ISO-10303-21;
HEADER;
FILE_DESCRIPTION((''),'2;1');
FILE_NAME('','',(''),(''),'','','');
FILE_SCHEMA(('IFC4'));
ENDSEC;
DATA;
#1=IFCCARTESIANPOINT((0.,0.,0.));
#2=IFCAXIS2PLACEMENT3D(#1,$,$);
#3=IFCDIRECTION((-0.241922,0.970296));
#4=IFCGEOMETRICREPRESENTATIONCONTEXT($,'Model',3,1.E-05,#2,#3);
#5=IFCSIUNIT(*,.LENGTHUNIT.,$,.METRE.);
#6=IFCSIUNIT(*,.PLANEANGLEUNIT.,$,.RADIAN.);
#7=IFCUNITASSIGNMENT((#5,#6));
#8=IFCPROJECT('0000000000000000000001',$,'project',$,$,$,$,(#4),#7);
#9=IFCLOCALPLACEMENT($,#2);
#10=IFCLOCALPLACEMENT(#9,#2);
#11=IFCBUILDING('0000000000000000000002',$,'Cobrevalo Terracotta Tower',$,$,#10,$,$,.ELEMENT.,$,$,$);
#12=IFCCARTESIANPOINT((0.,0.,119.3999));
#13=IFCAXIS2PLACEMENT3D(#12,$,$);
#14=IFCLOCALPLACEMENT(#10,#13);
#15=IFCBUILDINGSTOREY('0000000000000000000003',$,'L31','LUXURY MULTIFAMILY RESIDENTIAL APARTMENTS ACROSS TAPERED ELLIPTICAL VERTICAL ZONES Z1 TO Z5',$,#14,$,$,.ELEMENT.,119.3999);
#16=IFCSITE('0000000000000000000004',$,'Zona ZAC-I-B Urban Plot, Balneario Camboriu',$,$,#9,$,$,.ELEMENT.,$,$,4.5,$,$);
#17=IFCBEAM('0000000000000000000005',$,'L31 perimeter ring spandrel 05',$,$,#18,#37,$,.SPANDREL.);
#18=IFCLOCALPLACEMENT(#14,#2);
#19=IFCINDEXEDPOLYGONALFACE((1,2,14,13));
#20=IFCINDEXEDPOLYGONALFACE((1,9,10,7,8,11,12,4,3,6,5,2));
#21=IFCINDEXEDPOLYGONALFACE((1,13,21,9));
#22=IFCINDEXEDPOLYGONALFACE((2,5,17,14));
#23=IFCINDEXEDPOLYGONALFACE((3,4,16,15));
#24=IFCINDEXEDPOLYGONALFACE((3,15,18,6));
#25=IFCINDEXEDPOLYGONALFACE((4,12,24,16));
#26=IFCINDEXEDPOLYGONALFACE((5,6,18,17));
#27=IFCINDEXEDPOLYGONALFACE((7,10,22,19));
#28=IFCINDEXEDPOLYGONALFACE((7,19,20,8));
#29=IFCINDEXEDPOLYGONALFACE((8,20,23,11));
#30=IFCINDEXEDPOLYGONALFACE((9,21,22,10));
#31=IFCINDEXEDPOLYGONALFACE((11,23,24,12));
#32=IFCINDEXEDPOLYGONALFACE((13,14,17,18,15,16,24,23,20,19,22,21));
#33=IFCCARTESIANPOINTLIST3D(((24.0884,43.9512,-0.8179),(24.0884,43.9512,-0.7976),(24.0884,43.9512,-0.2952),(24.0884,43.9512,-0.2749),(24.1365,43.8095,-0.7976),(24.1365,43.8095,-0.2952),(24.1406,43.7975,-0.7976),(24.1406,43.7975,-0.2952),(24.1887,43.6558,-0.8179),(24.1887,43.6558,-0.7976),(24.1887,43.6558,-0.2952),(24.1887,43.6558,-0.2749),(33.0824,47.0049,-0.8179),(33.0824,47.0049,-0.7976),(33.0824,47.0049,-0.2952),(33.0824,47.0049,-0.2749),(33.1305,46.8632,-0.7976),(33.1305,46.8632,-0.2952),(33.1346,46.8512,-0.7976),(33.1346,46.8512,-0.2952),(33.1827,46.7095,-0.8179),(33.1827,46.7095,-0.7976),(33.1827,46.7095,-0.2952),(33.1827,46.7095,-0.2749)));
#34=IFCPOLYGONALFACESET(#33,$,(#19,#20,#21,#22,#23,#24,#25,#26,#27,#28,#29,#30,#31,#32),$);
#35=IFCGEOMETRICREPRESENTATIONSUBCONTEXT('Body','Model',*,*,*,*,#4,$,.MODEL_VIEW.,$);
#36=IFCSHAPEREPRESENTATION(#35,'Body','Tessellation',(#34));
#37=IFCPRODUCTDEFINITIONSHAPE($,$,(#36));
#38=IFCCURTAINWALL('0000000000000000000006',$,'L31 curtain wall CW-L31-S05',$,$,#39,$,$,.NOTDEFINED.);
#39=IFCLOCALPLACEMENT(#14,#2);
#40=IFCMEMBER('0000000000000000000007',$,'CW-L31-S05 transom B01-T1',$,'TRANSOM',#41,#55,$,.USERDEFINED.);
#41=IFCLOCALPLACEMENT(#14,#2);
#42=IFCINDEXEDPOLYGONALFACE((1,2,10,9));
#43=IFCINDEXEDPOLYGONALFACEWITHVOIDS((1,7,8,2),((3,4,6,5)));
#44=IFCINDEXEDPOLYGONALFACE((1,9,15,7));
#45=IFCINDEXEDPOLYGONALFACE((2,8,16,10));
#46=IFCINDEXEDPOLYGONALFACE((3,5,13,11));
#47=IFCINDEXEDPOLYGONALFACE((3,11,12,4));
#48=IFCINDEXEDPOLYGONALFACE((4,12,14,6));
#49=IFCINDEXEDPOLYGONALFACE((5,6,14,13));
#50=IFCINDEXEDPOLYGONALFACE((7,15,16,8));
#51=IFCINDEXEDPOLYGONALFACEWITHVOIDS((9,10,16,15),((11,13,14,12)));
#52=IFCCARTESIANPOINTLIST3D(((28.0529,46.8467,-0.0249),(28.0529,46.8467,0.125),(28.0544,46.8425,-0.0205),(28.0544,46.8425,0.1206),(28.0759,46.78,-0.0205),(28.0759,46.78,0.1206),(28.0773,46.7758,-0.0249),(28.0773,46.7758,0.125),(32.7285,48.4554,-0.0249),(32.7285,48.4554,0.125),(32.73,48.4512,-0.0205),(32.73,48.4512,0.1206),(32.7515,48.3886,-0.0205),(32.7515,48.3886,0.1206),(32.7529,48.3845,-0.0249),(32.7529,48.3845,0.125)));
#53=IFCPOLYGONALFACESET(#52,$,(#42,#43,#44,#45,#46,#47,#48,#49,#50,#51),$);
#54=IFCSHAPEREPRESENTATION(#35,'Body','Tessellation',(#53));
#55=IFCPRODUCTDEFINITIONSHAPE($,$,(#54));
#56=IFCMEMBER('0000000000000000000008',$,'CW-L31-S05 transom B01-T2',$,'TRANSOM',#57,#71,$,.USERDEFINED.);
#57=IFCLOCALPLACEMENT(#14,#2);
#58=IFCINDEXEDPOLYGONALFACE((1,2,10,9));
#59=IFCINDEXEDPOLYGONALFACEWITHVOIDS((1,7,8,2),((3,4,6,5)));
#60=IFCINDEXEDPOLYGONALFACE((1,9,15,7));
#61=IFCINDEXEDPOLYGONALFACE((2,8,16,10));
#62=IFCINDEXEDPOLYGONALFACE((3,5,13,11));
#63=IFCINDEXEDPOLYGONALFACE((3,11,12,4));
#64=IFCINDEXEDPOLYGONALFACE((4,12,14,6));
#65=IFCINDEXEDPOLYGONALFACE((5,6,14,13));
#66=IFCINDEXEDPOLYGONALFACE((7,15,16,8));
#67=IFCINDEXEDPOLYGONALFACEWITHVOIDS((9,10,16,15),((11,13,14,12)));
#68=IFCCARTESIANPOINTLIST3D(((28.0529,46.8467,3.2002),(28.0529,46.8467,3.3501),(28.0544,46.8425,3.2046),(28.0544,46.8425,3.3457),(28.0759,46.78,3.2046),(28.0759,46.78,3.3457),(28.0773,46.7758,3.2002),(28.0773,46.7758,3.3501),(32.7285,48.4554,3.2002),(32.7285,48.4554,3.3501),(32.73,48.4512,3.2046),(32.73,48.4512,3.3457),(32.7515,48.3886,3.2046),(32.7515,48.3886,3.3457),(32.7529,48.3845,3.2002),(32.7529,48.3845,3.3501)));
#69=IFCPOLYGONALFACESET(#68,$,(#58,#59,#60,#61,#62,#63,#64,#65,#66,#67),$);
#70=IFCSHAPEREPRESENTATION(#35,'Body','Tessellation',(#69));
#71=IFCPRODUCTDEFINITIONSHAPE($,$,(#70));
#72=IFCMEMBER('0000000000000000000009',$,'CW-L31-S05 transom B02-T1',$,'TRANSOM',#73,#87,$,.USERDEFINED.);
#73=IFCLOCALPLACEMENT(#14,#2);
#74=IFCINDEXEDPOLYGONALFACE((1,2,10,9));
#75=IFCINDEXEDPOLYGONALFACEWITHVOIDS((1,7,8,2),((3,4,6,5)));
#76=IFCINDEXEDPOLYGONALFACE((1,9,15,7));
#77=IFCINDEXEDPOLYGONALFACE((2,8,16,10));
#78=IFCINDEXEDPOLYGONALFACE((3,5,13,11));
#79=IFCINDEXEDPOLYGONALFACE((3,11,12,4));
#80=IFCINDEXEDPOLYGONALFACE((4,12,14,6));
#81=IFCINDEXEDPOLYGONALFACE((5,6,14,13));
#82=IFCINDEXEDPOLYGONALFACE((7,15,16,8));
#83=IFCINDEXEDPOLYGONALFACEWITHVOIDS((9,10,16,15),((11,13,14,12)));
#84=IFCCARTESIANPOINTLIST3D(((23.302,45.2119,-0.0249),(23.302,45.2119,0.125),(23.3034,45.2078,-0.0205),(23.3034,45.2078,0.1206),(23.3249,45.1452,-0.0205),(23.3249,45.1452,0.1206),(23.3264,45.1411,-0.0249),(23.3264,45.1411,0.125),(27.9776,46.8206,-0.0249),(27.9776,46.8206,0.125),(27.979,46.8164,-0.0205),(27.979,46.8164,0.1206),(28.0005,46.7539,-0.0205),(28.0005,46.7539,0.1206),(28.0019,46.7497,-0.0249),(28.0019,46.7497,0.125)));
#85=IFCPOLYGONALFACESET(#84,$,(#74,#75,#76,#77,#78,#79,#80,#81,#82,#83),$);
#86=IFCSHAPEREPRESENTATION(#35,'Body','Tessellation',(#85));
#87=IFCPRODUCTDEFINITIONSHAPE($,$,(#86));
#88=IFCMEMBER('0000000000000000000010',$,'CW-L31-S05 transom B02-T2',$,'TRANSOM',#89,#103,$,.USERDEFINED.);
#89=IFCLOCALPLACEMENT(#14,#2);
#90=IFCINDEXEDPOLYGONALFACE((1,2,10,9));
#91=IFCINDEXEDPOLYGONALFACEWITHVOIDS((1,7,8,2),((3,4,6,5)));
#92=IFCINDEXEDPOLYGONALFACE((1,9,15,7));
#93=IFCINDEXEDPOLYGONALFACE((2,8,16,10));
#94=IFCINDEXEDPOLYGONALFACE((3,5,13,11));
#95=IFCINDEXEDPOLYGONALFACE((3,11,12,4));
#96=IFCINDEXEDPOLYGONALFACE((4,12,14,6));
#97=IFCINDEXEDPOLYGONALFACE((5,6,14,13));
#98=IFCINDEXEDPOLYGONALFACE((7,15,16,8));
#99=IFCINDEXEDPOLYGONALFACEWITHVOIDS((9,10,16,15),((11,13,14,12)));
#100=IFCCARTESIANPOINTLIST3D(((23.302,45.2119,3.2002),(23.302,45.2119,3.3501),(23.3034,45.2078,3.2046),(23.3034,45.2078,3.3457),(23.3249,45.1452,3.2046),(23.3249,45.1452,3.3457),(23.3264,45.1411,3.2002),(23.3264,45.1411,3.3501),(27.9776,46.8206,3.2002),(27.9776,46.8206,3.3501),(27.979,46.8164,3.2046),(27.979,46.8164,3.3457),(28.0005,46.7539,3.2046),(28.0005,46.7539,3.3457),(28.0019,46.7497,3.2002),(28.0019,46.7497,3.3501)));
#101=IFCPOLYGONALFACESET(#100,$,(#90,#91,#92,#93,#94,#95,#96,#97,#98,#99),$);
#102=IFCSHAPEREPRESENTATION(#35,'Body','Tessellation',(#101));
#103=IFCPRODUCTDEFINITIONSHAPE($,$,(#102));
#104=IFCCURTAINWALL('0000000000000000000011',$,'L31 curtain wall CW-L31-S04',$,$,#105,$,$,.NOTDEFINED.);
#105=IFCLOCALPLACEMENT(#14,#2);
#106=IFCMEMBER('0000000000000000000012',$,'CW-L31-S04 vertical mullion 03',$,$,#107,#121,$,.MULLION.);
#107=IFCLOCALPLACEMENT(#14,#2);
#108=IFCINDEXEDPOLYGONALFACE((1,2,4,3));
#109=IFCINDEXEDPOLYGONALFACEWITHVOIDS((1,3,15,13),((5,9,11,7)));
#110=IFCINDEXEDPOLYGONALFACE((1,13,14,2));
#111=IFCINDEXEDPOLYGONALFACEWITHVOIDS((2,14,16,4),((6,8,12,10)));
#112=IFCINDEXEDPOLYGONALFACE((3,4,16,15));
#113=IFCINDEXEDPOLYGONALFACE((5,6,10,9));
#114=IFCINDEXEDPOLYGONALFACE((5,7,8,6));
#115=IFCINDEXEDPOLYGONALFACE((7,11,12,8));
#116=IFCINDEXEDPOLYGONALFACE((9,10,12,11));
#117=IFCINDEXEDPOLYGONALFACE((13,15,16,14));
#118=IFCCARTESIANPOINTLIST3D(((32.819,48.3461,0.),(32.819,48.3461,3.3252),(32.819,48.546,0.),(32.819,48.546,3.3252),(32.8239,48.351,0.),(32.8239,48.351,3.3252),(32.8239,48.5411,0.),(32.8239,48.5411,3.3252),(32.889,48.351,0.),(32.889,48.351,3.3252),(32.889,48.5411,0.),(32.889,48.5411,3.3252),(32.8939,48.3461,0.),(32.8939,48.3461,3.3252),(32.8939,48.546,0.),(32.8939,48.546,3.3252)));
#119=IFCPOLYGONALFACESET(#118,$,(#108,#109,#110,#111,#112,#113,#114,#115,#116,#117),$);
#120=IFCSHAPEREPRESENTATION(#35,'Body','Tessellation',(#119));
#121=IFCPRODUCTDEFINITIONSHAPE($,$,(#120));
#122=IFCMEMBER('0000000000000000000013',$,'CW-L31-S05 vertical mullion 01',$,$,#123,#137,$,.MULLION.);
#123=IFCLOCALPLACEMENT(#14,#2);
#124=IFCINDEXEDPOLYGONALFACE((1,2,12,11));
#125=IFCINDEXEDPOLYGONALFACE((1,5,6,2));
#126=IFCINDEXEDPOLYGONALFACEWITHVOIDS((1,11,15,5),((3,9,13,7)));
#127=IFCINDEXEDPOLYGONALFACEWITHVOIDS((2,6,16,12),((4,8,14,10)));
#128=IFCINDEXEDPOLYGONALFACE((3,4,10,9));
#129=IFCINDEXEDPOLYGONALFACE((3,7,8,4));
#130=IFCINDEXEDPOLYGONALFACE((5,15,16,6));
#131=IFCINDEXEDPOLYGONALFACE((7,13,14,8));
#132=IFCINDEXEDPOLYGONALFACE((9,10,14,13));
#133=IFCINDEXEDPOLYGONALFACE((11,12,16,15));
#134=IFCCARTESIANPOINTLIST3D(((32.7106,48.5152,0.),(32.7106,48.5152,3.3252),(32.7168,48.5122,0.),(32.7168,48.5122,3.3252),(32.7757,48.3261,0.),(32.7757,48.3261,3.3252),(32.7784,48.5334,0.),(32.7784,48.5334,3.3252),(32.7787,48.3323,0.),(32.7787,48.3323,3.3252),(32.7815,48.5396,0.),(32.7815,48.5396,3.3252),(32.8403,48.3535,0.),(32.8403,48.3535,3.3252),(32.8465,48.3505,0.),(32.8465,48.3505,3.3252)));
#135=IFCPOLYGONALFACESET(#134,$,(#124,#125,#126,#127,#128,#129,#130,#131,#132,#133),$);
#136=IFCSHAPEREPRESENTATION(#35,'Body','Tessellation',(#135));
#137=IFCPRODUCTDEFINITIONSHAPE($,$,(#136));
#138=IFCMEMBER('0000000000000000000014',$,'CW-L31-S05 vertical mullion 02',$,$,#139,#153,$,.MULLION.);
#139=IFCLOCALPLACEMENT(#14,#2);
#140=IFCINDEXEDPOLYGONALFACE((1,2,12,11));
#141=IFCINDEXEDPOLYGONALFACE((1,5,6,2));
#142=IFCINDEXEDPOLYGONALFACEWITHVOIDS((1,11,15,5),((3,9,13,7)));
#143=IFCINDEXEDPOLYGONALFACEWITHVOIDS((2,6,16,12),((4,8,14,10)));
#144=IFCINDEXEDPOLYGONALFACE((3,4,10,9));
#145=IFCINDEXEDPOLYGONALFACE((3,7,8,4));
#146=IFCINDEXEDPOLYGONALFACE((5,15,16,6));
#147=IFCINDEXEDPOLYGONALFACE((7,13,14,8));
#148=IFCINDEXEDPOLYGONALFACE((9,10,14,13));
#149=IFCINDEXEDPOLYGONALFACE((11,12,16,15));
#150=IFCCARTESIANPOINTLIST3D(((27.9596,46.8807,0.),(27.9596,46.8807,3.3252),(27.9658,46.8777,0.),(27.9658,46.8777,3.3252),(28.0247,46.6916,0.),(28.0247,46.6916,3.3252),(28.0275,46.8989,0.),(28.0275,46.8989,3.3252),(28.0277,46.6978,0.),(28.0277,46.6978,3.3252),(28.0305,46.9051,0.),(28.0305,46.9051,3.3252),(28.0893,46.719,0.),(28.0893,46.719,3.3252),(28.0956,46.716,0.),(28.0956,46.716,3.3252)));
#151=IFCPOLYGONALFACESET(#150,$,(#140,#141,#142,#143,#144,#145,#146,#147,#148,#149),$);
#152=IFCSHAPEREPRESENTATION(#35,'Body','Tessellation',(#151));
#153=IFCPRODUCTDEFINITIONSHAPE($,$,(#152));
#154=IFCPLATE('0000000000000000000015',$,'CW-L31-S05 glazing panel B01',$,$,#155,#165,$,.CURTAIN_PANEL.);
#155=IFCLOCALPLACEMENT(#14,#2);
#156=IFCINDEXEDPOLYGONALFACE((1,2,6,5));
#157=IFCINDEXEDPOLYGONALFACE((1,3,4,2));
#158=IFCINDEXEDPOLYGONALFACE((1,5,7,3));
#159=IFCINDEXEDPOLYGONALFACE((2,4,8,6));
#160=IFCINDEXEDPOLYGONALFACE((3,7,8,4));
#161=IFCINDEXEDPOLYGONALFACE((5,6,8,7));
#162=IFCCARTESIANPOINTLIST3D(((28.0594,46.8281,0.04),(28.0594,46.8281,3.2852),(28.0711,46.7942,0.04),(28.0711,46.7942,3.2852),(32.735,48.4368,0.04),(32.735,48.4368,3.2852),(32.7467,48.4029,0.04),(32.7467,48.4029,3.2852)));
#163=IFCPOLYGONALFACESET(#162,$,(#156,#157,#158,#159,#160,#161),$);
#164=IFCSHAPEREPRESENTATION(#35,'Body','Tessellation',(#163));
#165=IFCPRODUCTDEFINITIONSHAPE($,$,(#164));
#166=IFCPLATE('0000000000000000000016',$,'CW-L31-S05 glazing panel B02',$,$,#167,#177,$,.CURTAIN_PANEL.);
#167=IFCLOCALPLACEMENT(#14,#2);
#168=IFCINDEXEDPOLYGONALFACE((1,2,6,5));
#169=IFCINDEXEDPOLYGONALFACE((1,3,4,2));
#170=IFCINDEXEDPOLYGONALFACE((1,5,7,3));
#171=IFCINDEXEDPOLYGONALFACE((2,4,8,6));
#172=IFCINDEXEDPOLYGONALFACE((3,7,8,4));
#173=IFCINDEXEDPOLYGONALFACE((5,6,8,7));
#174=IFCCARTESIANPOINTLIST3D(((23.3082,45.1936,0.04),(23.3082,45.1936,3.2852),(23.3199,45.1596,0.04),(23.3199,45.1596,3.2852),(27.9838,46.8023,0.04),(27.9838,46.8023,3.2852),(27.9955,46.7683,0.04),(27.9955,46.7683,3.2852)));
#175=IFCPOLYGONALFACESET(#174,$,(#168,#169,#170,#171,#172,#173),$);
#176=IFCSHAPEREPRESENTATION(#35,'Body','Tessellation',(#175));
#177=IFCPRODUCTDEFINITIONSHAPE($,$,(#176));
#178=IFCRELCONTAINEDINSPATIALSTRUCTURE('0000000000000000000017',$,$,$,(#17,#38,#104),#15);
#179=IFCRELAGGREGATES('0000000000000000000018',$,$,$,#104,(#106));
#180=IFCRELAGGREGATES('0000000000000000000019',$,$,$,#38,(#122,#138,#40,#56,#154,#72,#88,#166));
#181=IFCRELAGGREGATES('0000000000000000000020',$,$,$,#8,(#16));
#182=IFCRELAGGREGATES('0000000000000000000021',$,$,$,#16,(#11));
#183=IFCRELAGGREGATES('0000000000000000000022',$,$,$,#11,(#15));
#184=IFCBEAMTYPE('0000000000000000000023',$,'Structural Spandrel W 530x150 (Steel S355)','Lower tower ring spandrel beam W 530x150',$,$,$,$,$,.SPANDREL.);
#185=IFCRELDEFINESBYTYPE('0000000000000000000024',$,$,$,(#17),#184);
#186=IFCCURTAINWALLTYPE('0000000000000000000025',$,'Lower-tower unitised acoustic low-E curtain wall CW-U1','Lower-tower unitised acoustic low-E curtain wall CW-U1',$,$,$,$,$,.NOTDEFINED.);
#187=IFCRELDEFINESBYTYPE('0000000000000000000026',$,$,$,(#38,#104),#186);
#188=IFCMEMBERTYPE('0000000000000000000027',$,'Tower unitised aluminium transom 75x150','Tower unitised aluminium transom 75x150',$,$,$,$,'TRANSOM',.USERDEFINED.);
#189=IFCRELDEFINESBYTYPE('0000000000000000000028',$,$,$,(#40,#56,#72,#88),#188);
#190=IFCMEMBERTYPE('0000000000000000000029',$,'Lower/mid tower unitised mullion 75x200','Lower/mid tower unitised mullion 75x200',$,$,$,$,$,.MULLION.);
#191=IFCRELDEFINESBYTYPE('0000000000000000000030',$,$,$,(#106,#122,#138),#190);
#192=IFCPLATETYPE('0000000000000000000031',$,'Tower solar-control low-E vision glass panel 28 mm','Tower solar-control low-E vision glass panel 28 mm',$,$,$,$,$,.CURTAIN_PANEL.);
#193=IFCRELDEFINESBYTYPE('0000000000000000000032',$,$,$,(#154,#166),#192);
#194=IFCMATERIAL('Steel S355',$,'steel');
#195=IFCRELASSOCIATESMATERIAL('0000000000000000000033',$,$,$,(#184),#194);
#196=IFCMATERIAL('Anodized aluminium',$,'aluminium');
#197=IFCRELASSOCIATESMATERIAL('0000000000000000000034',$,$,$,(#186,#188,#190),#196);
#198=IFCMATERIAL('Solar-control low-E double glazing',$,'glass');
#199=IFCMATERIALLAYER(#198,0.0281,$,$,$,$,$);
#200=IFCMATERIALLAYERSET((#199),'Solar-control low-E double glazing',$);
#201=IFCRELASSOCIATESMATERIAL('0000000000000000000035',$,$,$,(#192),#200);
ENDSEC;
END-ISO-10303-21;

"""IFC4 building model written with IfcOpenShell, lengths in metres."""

from ifc_helpers import new_model, si_unit, direction, frame, origin, origin_2d, place, context, subcontext, project, spatial, rectangle, hollow_rectangle, i_section, extrude, source, transform, mapped, material, layer, layer_set, material_profile, profile_set, type_object, element, aggregate, save


model = new_model("IFC4")

# Units and contexts
model_context = context("Model", 3, precision=1e-05, world=origin(), true_north=direction((-0.241922, 0.970296)))
body_context = subcontext(model_context, "Body", "Model", "MODEL_VIEW")
ifc_project = project(units=[si_unit("LENGTHUNIT", "METRE"), si_unit("PLANEANGLEUNIT", "RADIAN")], contexts=[model_context])

# Site, building, storey
site_placement = place(None, origin())
site = spatial("IfcSite", under=ifc_project, at=site_placement, Name="Zona ZAC-I-B Urban Plot, Balneario Camboriu", CompositionType="ELEMENT", RefElevation=4.5)
building_placement = place(site_placement, origin())
building = spatial("IfcBuilding", under=site, at=building_placement, Name="Cobrevalo Terracotta Tower", CompositionType="ELEMENT")
storey_placement = place(building_placement, frame((0.0, 0.0, 119.3999)))
storey = spatial("IfcBuildingStorey", under=building, at=storey_placement, Name="L31", Description="LUXURY MULTIFAMILY RESIDENTIAL APARTMENTS ACROSS TAPERED ELLIPTICAL VERTICAL ZONES Z1 TO Z5", CompositionType="ELEMENT", Elevation=119.3999)

# Shared definitions
ifc_material_1 = material(Name="Steel S355", Category="steel")

# Beam
ifc_material_profile_1 = material_profile(ifc_material_1, i_section(OverallWidth=0.312, OverallDepth=0.543, WebThickness=0.0127, FlangeThickness=0.0203, at=origin_2d()), Name="W 530x150")
ifc_profile_set_1 = profile_set([ifc_material_profile_1], Name="Steel S355")
beam_type_1 = type_object("IfcBeamType", Name="Structural Spandrel W 530x150 (Steel S355)", Description="Lower tower ring spandrel beam W 530x150", PredefinedType="SPANDREL", material=ifc_profile_set_1)
beam_1_placement = place(storey_placement, frame((33.1326, 46.8572, -0.5464), z_axis=(-0.946911, -0.321497, 0.0), x_axis=(0.321497, -0.946911, 0.0)))
element("IfcBeam", 1, at=beam_1_placement, inside=storey, type_object=beam_type_1, Name="L31 perimeter ring spandrel 05", PredefinedType="SPANDREL", context=body_context, shape_type="SweptSolid", body=[
    extrude(i_section(OverallWidth=0.312, OverallDepth=0.543, WebThickness=0.0127, FlangeThickness=0.0203, at=origin_2d()), origin(), (0.0, 0.0, 1.0), 9.4983),
])

# Curtain wall, members
ifc_material_2 = material(Name="Anodized aluminium", Category="aluminium")
curtain_wall_type = type_object("IfcCurtainWallType", Name="Lower-tower unitised acoustic low-E curtain wall CW-U1", Description="Lower-tower unitised acoustic low-E curtain wall CW-U1", PredefinedType="NOTDEFINED", material=ifc_material_2)
curtain_wall_1_placement = place(storey_placement, origin())
curtain_wall_1 = element("IfcCurtainWall", 2, at=curtain_wall_1_placement, inside=storey, type_object=curtain_wall_type, Name="L31 curtain wall CW-L31-S05", PredefinedType="NOTDEFINED")
ifc_material_profile_2 = material_profile(ifc_material_2, hollow_rectangle(XDim=0.075, YDim=0.1499, WallThickness=0.0044, at=origin_2d()), Name="CWT 75x150")
ifc_profile_set_2 = profile_set([ifc_material_profile_2], Name="Anodized aluminium")
member_type_1 = type_object("IfcMemberType", Name="Tower unitised aluminium transom 75x150", Description="Tower unitised aluminium transom 75x150", ElementType="TRANSOM", PredefinedType="USERDEFINED", material=ifc_profile_set_2)
shared_shape_1 = source(origin(), body_context, "Body", "SweptSolid", [
    extrude(hollow_rectangle(XDim=0.075, YDim=0.1499, WallThickness=0.0044, at=origin_2d()), origin(), (0.0, 0.0, 1.0), 4.9446),
])
member_1_placement = place(storey_placement, frame((32.7407, 48.4199, 0.05), z_axis=(-0.945598, -0.325338, 0.0), x_axis=(0.325338, -0.945598, 0.0)))
member_1 = element("IfcMember", 3, at=member_1_placement, type_object=member_type_1, Name="CW-L31-S05 transom B01-T1", ObjectType="TRANSOM", PredefinedType="USERDEFINED", context=body_context, shape_type="MappedRepresentation", body=[
    mapped(shared_shape_1, transform((0.0, 0.0, 0.0), scale=1.0)),
])
member_2_placement = place(storey_placement, frame((32.7407, 48.4199, 3.2751), z_axis=(-0.945598, -0.325338, 0.0), x_axis=(0.325338, -0.945598, 0.0)))
member_2 = element("IfcMember", 4, at=member_2_placement, type_object=member_type_1, Name="CW-L31-S05 transom B01-T2", ObjectType="TRANSOM", PredefinedType="USERDEFINED", context=body_context, shape_type="MappedRepresentation", body=[
    mapped(shared_shape_1, transform((0.0, 0.0, 0.0), scale=1.0)),
])
member_3_placement = place(storey_placement, frame((27.9897, 46.7852, 0.05), z_axis=(-0.945598, -0.325338, 0.0), x_axis=(0.325338, -0.945598, 0.0)))
member_3 = element("IfcMember", 5, at=member_3_placement, type_object=member_type_1, Name="CW-L31-S05 transom B02-T1", ObjectType="TRANSOM", PredefinedType="USERDEFINED", context=body_context, shape_type="MappedRepresentation", body=[
    mapped(shared_shape_1, transform((0.0, 0.0, 0.0), scale=1.0)),
])
member_4_placement = place(storey_placement, frame((27.9897, 46.7852, 3.2751), z_axis=(-0.945598, -0.325338, 0.0), x_axis=(0.325338, -0.945598, 0.0)))
member_4 = element("IfcMember", 6, at=member_4_placement, type_object=member_type_1, Name="CW-L31-S05 transom B02-T2", ObjectType="TRANSOM", PredefinedType="USERDEFINED", context=body_context, shape_type="MappedRepresentation", body=[
    mapped(shared_shape_1, transform((0.0, 0.0, 0.0), scale=1.0)),
])

# Curtain wall, member
curtain_wall_2_placement = place(storey_placement, origin())
curtain_wall_2 = element("IfcCurtainWall", 7, at=curtain_wall_2_placement, inside=storey, type_object=curtain_wall_type, Name="L31 curtain wall CW-L31-S04", PredefinedType="NOTDEFINED")
ifc_material_profile_3 = material_profile(ifc_material_2, hollow_rectangle(XDim=0.075, YDim=0.2, WallThickness=0.0049, at=origin_2d()), Name="CWM 75x200")
ifc_profile_set_3 = profile_set([ifc_material_profile_3], Name="Anodized aluminium")
member_type_2 = type_object("IfcMemberType", Name="Lower/mid tower unitised mullion 75x200", Description="Lower/mid tower unitised mullion 75x200", PredefinedType="MULLION", material=ifc_profile_set_3)
shared_shape_2 = source(origin(), body_context, "Body", "SweptSolid", [
    extrude(hollow_rectangle(XDim=0.075, YDim=0.2, WallThickness=0.0049, at=origin_2d()), origin(), (0.0, 0.0, 1.0), 3.3252),
])
member_5_placement = place(storey_placement, frame((32.8564, 48.446, 0.0), z_axis=(0.0, 0.0, 1.0), x_axis=(-1.0, 0.0, 0.0)))
member_5 = element("IfcMember", 8, at=member_5_placement, type_object=member_type_2, Name="CW-L31-S04 vertical mullion 03", PredefinedType="MULLION", context=body_context, shape_type="MappedRepresentation", body=[
    mapped(shared_shape_2, transform((0.0, 0.0, 0.0), scale=1.0)),
])
aggregate(curtain_wall_2, [member_5])

# Members
member_6_placement = place(storey_placement, frame((32.7786, 48.4329, 0.0), z_axis=(0.0, 0.0, 1.0), x_axis=(-0.945598, -0.325337, 0.0)))
member_6 = element("IfcMember", 9, at=member_6_placement, type_object=member_type_2, Name="CW-L31-S05 vertical mullion 01", PredefinedType="MULLION", context=body_context, shape_type="MappedRepresentation", body=[
    mapped(shared_shape_2, transform((0.0, 0.0, 0.0), scale=1.0)),
])
member_7_placement = place(storey_placement, frame((28.0276, 46.7983, 0.0), z_axis=(0.0, 0.0, 1.0), x_axis=(-0.945598, -0.325337, 0.0)))
member_7 = element("IfcMember", 10, at=member_7_placement, type_object=member_type_2, Name="CW-L31-S05 vertical mullion 02", PredefinedType="MULLION", context=body_context, shape_type="MappedRepresentation", body=[
    mapped(shared_shape_2, transform((0.0, 0.0, 0.0), scale=1.0)),
])

# Plates
ifc_material_3 = material(Name="Solar-control low-E double glazing", Category="glass")
ifc_layer_1 = layer(ifc_material_3, 0.0281)
ifc_layer_set_1 = layer_set([ifc_layer_1], Name="Solar-control low-E double glazing")
plate_type = type_object("IfcPlateType", Name="Tower solar-control low-E vision glass panel 28 mm", Description="Tower solar-control low-E vision glass panel 28 mm", PredefinedType="CURTAIN_PANEL", material=ifc_layer_set_1)
shared_shape_3 = source(origin(), body_context, "Body", "SweptSolid", [
    extrude(rectangle(XDim=4.9446, YDim=0.0359, at=origin_2d()), origin(), (0.0, 0.0, 1.0), 3.2451),
])
plate_1_placement = place(storey_placement, frame((30.4031, 47.6155, 0.04), z_axis=(0.0, 0.0, 1.0), x_axis=(-0.945596, -0.325342, 0.0)))
plate_1 = element("IfcPlate", 11, at=plate_1_placement, type_object=plate_type, Name="CW-L31-S05 glazing panel B01", PredefinedType="CURTAIN_PANEL", context=body_context, shape_type="MappedRepresentation", body=[
    mapped(shared_shape_3, transform((0.0, 0.0, 0.0), scale=1.0)),
])
plate_2_placement = place(storey_placement, frame((25.6519, 45.981, 0.04), z_axis=(0.0, 0.0, 1.0), x_axis=(-0.945596, -0.325342, 0.0)))
plate_2 = element("IfcPlate", 12, at=plate_2_placement, type_object=plate_type, Name="CW-L31-S05 glazing panel B02", PredefinedType="CURTAIN_PANEL", context=body_context, shape_type="MappedRepresentation", body=[
    mapped(shared_shape_3, transform((0.0, 0.0, 0.0), scale=1.0)),
])
aggregate(curtain_wall_1, [member_6, member_7, member_1, member_2, plate_1, member_3, member_4, plate_2])

save(model, "model.ifc")
